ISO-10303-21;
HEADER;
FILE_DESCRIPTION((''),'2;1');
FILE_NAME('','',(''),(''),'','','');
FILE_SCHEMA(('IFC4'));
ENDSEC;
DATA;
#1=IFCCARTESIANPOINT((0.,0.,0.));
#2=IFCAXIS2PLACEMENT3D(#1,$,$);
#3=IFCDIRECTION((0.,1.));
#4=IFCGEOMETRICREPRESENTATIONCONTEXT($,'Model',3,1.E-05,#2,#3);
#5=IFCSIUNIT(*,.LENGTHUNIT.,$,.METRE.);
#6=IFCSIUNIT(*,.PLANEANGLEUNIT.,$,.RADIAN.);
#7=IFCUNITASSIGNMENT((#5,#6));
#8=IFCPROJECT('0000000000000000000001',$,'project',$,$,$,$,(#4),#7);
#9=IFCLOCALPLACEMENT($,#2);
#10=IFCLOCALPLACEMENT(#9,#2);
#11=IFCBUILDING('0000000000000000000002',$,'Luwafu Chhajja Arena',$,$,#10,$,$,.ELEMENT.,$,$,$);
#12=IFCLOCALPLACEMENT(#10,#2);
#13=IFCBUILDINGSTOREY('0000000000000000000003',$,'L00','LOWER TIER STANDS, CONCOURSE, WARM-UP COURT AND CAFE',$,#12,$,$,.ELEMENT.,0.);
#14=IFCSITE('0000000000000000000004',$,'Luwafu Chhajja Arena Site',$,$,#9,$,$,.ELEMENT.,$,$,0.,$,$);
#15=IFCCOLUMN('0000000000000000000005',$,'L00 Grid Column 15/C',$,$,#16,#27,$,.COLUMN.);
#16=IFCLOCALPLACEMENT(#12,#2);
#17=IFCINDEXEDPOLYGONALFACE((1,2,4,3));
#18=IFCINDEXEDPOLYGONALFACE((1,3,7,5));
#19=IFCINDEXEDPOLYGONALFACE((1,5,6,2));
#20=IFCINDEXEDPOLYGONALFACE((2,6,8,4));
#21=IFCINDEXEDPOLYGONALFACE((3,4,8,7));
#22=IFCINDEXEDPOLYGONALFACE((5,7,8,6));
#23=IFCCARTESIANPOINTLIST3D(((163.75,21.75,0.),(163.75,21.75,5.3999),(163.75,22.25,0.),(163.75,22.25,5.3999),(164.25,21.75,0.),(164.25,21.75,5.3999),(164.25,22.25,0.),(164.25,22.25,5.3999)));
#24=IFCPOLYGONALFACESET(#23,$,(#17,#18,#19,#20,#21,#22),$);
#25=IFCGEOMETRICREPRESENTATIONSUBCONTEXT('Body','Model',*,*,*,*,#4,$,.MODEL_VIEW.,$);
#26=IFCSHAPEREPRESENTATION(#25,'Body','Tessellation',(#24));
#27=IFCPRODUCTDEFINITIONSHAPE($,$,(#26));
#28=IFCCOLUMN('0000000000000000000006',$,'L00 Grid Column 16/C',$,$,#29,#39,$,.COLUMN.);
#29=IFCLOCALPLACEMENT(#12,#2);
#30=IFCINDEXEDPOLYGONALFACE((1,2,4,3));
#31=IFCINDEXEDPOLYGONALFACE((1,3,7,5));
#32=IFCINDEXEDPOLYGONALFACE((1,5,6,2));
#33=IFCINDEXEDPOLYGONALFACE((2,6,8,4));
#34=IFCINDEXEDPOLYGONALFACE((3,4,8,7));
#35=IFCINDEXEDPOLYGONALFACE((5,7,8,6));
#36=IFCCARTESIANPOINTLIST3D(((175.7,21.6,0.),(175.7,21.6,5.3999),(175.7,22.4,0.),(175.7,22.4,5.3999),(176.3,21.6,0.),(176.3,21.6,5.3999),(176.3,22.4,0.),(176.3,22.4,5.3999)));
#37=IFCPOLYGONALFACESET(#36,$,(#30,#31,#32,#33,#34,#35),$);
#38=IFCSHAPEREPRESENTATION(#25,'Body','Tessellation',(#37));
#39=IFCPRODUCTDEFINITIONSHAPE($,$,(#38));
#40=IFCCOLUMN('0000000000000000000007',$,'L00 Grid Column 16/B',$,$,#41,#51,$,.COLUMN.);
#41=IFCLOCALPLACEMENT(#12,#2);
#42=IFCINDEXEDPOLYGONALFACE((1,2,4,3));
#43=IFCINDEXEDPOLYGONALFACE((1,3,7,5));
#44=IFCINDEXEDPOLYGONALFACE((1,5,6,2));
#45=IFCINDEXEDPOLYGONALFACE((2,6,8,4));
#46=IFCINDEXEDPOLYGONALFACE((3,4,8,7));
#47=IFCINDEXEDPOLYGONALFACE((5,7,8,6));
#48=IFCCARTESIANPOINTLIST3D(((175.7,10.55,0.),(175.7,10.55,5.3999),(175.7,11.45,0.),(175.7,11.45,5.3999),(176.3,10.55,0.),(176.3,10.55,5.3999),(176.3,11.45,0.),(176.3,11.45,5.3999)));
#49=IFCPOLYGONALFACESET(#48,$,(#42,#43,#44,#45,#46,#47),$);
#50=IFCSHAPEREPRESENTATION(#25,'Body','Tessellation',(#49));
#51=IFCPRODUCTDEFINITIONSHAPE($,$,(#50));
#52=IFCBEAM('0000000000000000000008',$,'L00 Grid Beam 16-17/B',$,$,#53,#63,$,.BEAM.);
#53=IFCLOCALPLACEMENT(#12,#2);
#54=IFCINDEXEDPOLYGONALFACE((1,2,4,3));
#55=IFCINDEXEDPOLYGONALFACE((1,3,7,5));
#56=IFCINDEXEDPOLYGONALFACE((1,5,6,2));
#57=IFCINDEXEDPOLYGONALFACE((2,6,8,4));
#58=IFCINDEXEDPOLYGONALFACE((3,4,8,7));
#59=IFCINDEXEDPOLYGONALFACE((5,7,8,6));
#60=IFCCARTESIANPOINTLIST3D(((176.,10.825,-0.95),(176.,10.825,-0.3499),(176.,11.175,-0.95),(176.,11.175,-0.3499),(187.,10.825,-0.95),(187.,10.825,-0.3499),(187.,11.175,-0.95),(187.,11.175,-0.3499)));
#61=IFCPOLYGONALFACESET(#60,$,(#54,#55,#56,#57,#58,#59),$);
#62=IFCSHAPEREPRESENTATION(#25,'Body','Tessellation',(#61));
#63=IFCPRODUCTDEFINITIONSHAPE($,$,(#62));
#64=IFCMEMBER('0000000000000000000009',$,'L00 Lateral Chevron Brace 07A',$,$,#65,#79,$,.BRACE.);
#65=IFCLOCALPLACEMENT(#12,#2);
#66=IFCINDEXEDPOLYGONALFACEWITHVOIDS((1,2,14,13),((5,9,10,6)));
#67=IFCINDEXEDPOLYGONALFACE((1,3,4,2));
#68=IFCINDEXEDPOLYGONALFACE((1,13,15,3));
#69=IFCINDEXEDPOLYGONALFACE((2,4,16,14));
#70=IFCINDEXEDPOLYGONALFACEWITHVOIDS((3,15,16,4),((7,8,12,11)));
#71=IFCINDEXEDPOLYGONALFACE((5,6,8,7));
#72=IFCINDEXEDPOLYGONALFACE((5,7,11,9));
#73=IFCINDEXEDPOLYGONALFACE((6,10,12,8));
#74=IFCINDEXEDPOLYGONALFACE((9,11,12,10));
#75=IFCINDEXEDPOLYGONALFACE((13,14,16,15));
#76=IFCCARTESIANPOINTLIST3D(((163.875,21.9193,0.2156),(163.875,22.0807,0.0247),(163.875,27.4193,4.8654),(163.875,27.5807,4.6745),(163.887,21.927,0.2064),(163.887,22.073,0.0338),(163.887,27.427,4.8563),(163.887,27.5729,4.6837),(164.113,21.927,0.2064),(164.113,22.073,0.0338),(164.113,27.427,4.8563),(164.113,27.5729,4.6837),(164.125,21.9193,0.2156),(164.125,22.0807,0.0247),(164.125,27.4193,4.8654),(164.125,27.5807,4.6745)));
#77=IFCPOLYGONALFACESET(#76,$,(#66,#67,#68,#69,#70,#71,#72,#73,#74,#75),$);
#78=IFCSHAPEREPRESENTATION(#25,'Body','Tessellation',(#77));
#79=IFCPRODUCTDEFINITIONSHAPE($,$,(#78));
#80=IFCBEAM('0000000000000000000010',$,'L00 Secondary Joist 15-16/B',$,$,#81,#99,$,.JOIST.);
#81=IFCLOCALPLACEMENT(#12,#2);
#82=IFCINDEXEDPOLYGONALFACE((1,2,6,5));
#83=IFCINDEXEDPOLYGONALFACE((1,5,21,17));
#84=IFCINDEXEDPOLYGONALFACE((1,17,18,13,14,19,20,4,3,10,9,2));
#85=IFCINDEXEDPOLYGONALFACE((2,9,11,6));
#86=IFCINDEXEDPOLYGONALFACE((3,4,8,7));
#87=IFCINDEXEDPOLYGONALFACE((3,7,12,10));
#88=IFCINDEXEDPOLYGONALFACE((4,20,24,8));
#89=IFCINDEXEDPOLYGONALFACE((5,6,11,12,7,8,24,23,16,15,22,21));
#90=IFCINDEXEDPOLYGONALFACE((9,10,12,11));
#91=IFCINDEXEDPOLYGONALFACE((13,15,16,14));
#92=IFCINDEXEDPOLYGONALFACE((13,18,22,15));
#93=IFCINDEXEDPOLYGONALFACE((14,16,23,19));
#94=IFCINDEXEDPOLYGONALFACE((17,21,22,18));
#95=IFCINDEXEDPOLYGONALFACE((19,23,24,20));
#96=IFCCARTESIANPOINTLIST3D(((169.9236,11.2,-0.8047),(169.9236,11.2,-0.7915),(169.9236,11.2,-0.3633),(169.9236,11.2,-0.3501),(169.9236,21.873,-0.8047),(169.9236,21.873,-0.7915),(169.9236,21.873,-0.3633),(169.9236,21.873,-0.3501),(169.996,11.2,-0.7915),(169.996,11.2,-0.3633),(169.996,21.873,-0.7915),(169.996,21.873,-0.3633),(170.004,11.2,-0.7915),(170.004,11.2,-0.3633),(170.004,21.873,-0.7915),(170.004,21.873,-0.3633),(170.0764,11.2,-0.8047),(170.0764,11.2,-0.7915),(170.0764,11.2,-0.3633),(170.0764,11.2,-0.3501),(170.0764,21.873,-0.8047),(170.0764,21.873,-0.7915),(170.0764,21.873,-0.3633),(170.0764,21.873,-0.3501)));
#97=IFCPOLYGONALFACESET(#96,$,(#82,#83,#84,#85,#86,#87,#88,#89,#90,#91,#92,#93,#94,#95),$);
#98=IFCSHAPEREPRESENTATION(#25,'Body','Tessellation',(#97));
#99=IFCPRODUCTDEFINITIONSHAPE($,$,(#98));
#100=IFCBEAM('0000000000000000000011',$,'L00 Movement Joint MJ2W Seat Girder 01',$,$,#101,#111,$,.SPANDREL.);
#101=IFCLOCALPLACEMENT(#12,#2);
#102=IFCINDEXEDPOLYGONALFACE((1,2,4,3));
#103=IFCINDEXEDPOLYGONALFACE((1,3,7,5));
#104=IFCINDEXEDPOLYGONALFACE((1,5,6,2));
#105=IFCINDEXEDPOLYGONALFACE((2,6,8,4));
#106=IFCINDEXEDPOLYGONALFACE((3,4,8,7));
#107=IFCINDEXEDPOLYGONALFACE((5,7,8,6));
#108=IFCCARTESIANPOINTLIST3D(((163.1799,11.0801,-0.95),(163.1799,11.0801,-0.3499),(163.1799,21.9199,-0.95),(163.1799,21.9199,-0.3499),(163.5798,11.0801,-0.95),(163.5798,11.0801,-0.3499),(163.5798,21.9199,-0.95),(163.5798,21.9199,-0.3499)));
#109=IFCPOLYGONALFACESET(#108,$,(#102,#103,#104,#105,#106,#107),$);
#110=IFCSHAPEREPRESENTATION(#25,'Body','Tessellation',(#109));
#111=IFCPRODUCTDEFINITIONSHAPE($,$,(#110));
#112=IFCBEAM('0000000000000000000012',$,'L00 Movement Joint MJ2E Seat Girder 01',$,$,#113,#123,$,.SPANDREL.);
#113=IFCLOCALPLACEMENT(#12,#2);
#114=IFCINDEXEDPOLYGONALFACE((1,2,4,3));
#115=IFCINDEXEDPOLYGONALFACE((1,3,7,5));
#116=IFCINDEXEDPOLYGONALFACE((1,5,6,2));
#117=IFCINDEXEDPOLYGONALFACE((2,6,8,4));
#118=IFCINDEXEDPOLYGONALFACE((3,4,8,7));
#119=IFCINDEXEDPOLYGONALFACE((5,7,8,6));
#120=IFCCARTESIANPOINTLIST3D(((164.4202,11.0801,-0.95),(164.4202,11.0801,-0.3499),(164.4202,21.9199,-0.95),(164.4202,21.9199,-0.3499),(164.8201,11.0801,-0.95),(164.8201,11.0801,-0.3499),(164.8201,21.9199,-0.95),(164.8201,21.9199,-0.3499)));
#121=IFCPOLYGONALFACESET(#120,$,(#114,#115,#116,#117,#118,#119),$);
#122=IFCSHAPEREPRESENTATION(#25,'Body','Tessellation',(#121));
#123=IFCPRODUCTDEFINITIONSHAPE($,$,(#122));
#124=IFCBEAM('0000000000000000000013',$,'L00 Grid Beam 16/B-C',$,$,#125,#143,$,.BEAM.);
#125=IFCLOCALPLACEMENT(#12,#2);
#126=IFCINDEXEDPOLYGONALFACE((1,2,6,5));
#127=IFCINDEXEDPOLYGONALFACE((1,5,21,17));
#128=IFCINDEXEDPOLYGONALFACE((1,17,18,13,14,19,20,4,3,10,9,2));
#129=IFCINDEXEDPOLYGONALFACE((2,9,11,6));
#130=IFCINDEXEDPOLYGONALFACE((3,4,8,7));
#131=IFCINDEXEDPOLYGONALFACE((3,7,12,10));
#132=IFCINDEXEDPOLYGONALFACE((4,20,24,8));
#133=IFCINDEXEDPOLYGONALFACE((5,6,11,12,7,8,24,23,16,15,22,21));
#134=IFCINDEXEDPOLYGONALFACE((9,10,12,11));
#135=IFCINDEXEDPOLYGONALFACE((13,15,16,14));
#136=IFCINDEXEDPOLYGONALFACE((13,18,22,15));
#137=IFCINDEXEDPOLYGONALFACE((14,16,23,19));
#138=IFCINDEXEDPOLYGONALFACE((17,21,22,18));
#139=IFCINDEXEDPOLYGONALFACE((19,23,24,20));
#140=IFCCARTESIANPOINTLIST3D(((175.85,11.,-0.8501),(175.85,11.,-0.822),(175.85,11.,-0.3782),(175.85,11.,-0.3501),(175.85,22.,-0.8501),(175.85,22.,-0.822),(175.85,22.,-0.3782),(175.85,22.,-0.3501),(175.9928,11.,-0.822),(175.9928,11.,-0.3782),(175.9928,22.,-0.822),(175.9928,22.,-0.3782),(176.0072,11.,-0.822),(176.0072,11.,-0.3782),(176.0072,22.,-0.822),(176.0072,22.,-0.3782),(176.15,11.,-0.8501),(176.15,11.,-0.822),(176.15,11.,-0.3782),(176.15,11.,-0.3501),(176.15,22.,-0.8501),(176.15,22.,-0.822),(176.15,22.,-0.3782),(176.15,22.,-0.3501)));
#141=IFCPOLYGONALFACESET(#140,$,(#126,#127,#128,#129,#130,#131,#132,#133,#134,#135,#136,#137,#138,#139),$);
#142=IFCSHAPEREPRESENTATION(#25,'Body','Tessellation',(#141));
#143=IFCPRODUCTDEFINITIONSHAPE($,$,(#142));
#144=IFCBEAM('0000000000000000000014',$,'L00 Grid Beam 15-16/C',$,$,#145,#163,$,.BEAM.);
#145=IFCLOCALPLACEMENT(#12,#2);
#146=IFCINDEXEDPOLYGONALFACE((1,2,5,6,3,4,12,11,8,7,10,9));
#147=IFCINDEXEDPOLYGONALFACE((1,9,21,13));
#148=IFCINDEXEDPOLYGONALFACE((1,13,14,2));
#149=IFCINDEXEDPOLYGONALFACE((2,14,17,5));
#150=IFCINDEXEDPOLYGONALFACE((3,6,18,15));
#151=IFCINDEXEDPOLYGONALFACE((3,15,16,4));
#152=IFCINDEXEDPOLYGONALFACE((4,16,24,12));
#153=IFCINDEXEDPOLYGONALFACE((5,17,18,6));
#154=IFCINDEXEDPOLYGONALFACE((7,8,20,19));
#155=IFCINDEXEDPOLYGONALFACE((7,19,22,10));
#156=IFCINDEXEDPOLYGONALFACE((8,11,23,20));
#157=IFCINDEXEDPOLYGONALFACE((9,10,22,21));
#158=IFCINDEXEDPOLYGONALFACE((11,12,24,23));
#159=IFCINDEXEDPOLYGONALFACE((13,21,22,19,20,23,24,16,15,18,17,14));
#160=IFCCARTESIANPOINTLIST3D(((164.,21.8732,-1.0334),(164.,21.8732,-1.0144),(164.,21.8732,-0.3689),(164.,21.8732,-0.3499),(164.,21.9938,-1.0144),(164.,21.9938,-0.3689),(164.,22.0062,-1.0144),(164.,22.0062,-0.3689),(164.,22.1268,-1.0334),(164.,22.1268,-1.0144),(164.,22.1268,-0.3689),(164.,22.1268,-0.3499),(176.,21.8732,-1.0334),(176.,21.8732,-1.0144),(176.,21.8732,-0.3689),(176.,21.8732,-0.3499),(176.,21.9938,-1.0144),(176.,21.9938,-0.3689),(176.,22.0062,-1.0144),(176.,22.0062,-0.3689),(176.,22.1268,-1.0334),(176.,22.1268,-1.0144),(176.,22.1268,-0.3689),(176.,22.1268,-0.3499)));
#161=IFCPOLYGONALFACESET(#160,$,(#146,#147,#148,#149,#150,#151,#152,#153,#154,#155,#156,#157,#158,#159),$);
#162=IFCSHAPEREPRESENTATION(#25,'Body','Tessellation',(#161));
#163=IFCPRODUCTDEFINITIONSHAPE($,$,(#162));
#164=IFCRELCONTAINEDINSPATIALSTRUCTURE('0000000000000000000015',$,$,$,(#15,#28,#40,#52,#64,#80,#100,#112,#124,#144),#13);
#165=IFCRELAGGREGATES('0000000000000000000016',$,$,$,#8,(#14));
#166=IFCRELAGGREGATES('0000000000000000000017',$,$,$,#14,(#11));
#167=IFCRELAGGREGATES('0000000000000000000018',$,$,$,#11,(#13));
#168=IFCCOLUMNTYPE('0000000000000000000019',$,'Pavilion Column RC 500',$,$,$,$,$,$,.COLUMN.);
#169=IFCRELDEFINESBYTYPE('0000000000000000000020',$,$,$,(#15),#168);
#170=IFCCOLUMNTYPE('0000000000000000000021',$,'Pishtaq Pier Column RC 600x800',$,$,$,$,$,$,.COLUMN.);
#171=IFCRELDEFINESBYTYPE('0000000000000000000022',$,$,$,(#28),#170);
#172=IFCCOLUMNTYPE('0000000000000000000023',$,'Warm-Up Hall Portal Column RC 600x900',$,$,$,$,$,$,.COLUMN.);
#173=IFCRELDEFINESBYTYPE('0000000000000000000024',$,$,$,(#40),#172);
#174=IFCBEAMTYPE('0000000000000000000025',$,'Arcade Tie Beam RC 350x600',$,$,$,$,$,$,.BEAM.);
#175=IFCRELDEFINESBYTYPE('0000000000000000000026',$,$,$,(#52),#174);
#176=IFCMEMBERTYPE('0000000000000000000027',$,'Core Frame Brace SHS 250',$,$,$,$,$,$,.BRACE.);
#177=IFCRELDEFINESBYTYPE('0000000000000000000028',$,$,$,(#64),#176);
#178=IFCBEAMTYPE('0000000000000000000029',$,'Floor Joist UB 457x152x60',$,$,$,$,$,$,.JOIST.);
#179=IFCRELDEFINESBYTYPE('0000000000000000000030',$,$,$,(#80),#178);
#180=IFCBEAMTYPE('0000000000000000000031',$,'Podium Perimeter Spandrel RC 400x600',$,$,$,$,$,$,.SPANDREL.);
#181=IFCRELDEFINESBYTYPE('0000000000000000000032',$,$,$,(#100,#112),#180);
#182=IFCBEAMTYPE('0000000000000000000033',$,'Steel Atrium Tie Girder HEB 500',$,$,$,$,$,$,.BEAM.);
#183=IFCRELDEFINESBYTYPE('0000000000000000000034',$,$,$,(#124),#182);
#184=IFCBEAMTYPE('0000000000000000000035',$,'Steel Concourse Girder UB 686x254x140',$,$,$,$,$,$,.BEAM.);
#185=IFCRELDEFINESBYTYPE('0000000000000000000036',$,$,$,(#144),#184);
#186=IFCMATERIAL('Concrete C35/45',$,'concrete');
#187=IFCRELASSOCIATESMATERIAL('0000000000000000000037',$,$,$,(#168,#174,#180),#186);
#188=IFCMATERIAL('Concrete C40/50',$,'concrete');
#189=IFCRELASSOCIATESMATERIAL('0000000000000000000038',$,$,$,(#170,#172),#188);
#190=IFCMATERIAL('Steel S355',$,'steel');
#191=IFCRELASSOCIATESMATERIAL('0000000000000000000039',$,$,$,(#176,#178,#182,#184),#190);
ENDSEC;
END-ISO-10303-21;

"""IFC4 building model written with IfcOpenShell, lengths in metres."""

from ifc_helpers import new_model, si_unit, direction, frame, origin, origin_2d, place, context, subcontext, project, spatial, rectangle, hollow_rectangle, i_section, extrude, material, material_profile, profile_set, type_object, element, save


model = new_model("IFC4")

# Units and contexts
model_context = context("Model", 3, precision=1e-05, world=origin(), true_north=direction((0.0, 1.0)))
body_context = subcontext(model_context, "Body", "Model", "MODEL_VIEW")
ifc_project = project(units=[si_unit("LENGTHUNIT", "METRE"), si_unit("PLANEANGLEUNIT", "RADIAN")], contexts=[model_context])

# Site, building, storey
site_placement = place(None, origin())
site = spatial("IfcSite", under=ifc_project, at=site_placement, Name="Luwafu Chhajja Arena Site", CompositionType="ELEMENT", RefElevation=0.0)
building_placement = place(site_placement, origin())
building = spatial("IfcBuilding", under=site, at=building_placement, Name="Luwafu Chhajja Arena", CompositionType="ELEMENT")
storey_placement = place(building_placement, origin())
storey = spatial("IfcBuildingStorey", under=building, at=storey_placement, Name="L00", Description="LOWER TIER STANDS, CONCOURSE, WARM-UP COURT AND CAFE", CompositionType="ELEMENT", Elevation=0.0)

# Columns
ifc_material_1 = material(Name="Concrete C35/45", Category="concrete")
ifc_material_profile_1 = material_profile(ifc_material_1, rectangle(XDim=0.5, YDim=0.5, at=origin_2d()), Name="RC 500x500")
ifc_profile_set_1 = profile_set([ifc_material_profile_1], Name="Concrete C35/45")
column_type_1 = type_object("IfcColumnType", Name="Pavilion Column RC 500", PredefinedType="COLUMN", material=ifc_profile_set_1)
column_1_placement = place(storey_placement, frame((164.0, 22.0, 0.0), z_axis=(0.0, 0.0, 1.0), x_axis=(1.0, 0.0, 0.0)))
element("IfcColumn", 1, at=column_1_placement, inside=storey, type_object=column_type_1, Name="L00 Grid Column 15/C", PredefinedType="COLUMN", context=body_context, shape_type="SweptSolid", body=[
    extrude(rectangle(XDim=0.5, YDim=0.5, at=origin_2d()), origin(), (0.0, 0.0, 1.0), 5.3999),
])
ifc_material_2 = material(Name="Concrete C40/50", Category="concrete")
ifc_material_profile_2 = material_profile(ifc_material_2, rectangle(XDim=0.6001, YDim=0.8, at=origin_2d()), Name="RC 600x800")
ifc_profile_set_2 = profile_set([ifc_material_profile_2], Name="Concrete C40/50")
column_type_2 = type_object("IfcColumnType", Name="Pishtaq Pier Column RC 600x800", PredefinedType="COLUMN", material=ifc_profile_set_2)
column_2_placement = place(storey_placement, frame((176.0, 22.0, 0.0), z_axis=(0.0, 0.0, 1.0), x_axis=(1.0, 0.0, 0.0)))
element("IfcColumn", 2, at=column_2_placement, inside=storey, type_object=column_type_2, Name="L00 Grid Column 16/C", PredefinedType="COLUMN", context=body_context, shape_type="SweptSolid", body=[
    extrude(rectangle(XDim=0.6001, YDim=0.8, at=origin_2d()), origin(), (0.0, 0.0, 1.0), 5.3999),
])
ifc_material_profile_3 = material_profile(ifc_material_2, rectangle(XDim=0.6001, YDim=0.8999, at=origin_2d()), Name="RC 600x900")
ifc_profile_set_3 = profile_set([ifc_material_profile_3], Name="Concrete C40/50")
column_type_3 = type_object("IfcColumnType", Name="Warm-Up Hall Portal Column RC 600x900", PredefinedType="COLUMN", material=ifc_profile_set_3)
column_3_placement = place(storey_placement, frame((176.0, 11.0, 0.0), z_axis=(0.0, 0.0, 1.0), x_axis=(1.0, 0.0, 0.0)))
element("IfcColumn", 3, at=column_3_placement, inside=storey, type_object=column_type_3, Name="L00 Grid Column 16/B", PredefinedType="COLUMN", context=body_context, shape_type="SweptSolid", body=[
    extrude(rectangle(XDim=0.6001, YDim=0.8999, at=origin_2d()), origin(), (0.0, 0.0, 1.0), 5.3999),
])

# Beam
ifc_material_profile_4 = material_profile(ifc_material_1, rectangle(XDim=0.3501, YDim=0.6001, at=origin_2d()), Name="RC 350x600")
ifc_profile_set_4 = profile_set([ifc_material_profile_4], Name="Concrete C35/45")
beam_type_1 = type_object("IfcBeamType", Name="Arcade Tie Beam RC 350x600", PredefinedType="BEAM", material=ifc_profile_set_4)
beam_1_placement = place(storey_placement, frame((176.0, 11.0, -0.6499), z_axis=(1.0, 0.0, 0.0), x_axis=(0.0, 1.0, 0.0)))
element("IfcBeam", 4, at=beam_1_placement, inside=storey, type_object=beam_type_1, Name="L00 Grid Beam 16-17/B", PredefinedType="BEAM", context=body_context, shape_type="SweptSolid", body=[
    extrude(rectangle(XDim=0.3501, YDim=0.6001, at=origin_2d()), origin(), (0.0, 0.0, 1.0), 11.0),
])

# Member
ifc_material_3 = material(Name="Steel S355", Category="steel")
ifc_material_profile_5 = material_profile(ifc_material_3, hollow_rectangle(XDim=0.25, YDim=0.25, WallThickness=0.012, at=origin_2d()), Name="SHS 250x250x12")
ifc_profile_set_5 = profile_set([ifc_material_profile_5], Name="Steel S355")
member_type = type_object("IfcMemberType", Name="Core Frame Brace SHS 250", PredefinedType="BRACE", material=ifc_profile_set_5)
member_placement = place(storey_placement, frame((164.0, 22.0, 0.1201), z_axis=(0.0, 0.763656, 0.645623), x_axis=(-1.0, 0.0, 0.0)))
element("IfcMember", 5, at=member_placement, inside=storey, type_object=member_type, Name="L00 Lateral Chevron Brace 07A", PredefinedType="BRACE", context=body_context, shape_type="SweptSolid", body=[
    extrude(hollow_rectangle(XDim=0.25, YDim=0.25, WallThickness=0.012, at=origin_2d()), origin(), (0.0, 0.0, 1.0), 7.2021),
])

# Beams
ifc_material_profile_6 = material_profile(ifc_material_3, i_section(OverallWidth=0.1528, OverallDepth=0.4546, WebThickness=0.0081, FlangeThickness=0.0132, at=origin_2d()), Name="UB 457x152x60")
ifc_profile_set_6 = profile_set([ifc_material_profile_6], Name="Steel S355")
beam_type_2 = type_object("IfcBeamType", Name="Floor Joist UB 457x152x60", PredefinedType="JOIST", material=ifc_profile_set_6)
beam_2_placement = place(storey_placement, frame((170.0, 11.2, -0.5774), z_axis=(0.0, 1.0, 0.0), x_axis=(-1.0, 0.0, 0.0)))
element("IfcBeam", 6, at=beam_2_placement, inside=storey, type_object=beam_type_2, Name="L00 Secondary Joist 15-16/B", PredefinedType="JOIST", context=body_context, shape_type="SweptSolid", body=[
    extrude(i_section(OverallWidth=0.1528, OverallDepth=0.4546, WebThickness=0.0081, FlangeThickness=0.0132, at=origin_2d()), origin(), (0.0, 0.0, 1.0), 10.6731),
])
ifc_material_profile_7 = material_profile(ifc_material_1, rectangle(XDim=0.3999, YDim=0.6001, at=origin_2d()), Name="RC 400x600")
ifc_profile_set_7 = profile_set([ifc_material_profile_7], Name="Concrete C35/45")
beam_type_3 = type_object("IfcBeamType", Name="Podium Perimeter Spandrel RC 400x600", PredefinedType="SPANDREL", material=ifc_profile_set_7)
for number, where, z_axis, x_axis, name in (
    (7, (163.3799, 11.0801, -0.6499), (0.0, 1.0, 0.0), (-1.0, 0.0, 0.0), "L00 Movement Joint MJ2W Seat Girder 01"),
    (8, (164.6201, 11.0801, -0.6499), (0.0, 1.0, 0.0), (-1.0, 0.0, 0.0), "L00 Movement Joint MJ2E Seat Girder 01"),
):
    element("IfcBeam", number, at=place(storey_placement, frame(where, z_axis=z_axis, x_axis=x_axis)), inside=storey, type_object=beam_type_3, Name=name, PredefinedType="SPANDREL", context=body_context, shape_type="SweptSolid", body=[
        extrude(rectangle(XDim=0.3999, YDim=0.6001, at=origin_2d()), origin(), (0.0, 0.0, 1.0), 10.8398),
    ])
ifc_material_profile_8 = material_profile(ifc_material_3, i_section(OverallWidth=0.3, OverallDepth=0.5, WebThickness=0.0144, FlangeThickness=0.0281, at=origin_2d()), Name="HEB 500")
ifc_profile_set_8 = profile_set([ifc_material_profile_8], Name="Steel S355")
beam_type_4 = type_object("IfcBeamType", Name="Steel Atrium Tie Girder HEB 500", PredefinedType="BEAM", material=ifc_profile_set_8)
beam_3_placement = place(storey_placement, frame((176.0, 11.0, -0.6001), z_axis=(0.0, 1.0, 0.0), x_axis=(-1.0, 0.0, 0.0)))
element("IfcBeam", 9, at=beam_3_placement, inside=storey, type_object=beam_type_4, Name="L00 Grid Beam 16/B-C", PredefinedType="BEAM", context=body_context, shape_type="SweptSolid", body=[
    extrude(i_section(OverallWidth=0.3, OverallDepth=0.5, WebThickness=0.0144, FlangeThickness=0.0281, at=origin_2d()), origin(), (0.0, 0.0, 1.0), 11.0),
])
ifc_material_profile_9 = material_profile(ifc_material_3, i_section(OverallWidth=0.2537, OverallDepth=0.6836, WebThickness=0.0125, FlangeThickness=0.019, at=origin_2d()), Name="UB 686x254x140")
ifc_profile_set_9 = profile_set([ifc_material_profile_9], Name="Steel S355")
beam_type_5 = type_object("IfcBeamType", Name="Steel Concourse Girder UB 686x254x140", PredefinedType="BEAM", material=ifc_profile_set_9)
beam_4_placement = place(storey_placement, frame((164.0, 22.0, -0.6917), z_axis=(1.0, 0.0, 0.0), x_axis=(0.0, 1.0, 0.0)))
element("IfcBeam", 10, at=beam_4_placement, inside=storey, type_object=beam_type_5, Name="L00 Grid Beam 15-16/C", PredefinedType="BEAM", context=body_context, shape_type="SweptSolid", body=[
    extrude(i_section(OverallWidth=0.2537, OverallDepth=0.6836, WebThickness=0.0125, FlangeThickness=0.019, at=origin_2d()), origin(), (0.0, 0.0, 1.0), 12.0),
])

save(model, "model.ifc")
